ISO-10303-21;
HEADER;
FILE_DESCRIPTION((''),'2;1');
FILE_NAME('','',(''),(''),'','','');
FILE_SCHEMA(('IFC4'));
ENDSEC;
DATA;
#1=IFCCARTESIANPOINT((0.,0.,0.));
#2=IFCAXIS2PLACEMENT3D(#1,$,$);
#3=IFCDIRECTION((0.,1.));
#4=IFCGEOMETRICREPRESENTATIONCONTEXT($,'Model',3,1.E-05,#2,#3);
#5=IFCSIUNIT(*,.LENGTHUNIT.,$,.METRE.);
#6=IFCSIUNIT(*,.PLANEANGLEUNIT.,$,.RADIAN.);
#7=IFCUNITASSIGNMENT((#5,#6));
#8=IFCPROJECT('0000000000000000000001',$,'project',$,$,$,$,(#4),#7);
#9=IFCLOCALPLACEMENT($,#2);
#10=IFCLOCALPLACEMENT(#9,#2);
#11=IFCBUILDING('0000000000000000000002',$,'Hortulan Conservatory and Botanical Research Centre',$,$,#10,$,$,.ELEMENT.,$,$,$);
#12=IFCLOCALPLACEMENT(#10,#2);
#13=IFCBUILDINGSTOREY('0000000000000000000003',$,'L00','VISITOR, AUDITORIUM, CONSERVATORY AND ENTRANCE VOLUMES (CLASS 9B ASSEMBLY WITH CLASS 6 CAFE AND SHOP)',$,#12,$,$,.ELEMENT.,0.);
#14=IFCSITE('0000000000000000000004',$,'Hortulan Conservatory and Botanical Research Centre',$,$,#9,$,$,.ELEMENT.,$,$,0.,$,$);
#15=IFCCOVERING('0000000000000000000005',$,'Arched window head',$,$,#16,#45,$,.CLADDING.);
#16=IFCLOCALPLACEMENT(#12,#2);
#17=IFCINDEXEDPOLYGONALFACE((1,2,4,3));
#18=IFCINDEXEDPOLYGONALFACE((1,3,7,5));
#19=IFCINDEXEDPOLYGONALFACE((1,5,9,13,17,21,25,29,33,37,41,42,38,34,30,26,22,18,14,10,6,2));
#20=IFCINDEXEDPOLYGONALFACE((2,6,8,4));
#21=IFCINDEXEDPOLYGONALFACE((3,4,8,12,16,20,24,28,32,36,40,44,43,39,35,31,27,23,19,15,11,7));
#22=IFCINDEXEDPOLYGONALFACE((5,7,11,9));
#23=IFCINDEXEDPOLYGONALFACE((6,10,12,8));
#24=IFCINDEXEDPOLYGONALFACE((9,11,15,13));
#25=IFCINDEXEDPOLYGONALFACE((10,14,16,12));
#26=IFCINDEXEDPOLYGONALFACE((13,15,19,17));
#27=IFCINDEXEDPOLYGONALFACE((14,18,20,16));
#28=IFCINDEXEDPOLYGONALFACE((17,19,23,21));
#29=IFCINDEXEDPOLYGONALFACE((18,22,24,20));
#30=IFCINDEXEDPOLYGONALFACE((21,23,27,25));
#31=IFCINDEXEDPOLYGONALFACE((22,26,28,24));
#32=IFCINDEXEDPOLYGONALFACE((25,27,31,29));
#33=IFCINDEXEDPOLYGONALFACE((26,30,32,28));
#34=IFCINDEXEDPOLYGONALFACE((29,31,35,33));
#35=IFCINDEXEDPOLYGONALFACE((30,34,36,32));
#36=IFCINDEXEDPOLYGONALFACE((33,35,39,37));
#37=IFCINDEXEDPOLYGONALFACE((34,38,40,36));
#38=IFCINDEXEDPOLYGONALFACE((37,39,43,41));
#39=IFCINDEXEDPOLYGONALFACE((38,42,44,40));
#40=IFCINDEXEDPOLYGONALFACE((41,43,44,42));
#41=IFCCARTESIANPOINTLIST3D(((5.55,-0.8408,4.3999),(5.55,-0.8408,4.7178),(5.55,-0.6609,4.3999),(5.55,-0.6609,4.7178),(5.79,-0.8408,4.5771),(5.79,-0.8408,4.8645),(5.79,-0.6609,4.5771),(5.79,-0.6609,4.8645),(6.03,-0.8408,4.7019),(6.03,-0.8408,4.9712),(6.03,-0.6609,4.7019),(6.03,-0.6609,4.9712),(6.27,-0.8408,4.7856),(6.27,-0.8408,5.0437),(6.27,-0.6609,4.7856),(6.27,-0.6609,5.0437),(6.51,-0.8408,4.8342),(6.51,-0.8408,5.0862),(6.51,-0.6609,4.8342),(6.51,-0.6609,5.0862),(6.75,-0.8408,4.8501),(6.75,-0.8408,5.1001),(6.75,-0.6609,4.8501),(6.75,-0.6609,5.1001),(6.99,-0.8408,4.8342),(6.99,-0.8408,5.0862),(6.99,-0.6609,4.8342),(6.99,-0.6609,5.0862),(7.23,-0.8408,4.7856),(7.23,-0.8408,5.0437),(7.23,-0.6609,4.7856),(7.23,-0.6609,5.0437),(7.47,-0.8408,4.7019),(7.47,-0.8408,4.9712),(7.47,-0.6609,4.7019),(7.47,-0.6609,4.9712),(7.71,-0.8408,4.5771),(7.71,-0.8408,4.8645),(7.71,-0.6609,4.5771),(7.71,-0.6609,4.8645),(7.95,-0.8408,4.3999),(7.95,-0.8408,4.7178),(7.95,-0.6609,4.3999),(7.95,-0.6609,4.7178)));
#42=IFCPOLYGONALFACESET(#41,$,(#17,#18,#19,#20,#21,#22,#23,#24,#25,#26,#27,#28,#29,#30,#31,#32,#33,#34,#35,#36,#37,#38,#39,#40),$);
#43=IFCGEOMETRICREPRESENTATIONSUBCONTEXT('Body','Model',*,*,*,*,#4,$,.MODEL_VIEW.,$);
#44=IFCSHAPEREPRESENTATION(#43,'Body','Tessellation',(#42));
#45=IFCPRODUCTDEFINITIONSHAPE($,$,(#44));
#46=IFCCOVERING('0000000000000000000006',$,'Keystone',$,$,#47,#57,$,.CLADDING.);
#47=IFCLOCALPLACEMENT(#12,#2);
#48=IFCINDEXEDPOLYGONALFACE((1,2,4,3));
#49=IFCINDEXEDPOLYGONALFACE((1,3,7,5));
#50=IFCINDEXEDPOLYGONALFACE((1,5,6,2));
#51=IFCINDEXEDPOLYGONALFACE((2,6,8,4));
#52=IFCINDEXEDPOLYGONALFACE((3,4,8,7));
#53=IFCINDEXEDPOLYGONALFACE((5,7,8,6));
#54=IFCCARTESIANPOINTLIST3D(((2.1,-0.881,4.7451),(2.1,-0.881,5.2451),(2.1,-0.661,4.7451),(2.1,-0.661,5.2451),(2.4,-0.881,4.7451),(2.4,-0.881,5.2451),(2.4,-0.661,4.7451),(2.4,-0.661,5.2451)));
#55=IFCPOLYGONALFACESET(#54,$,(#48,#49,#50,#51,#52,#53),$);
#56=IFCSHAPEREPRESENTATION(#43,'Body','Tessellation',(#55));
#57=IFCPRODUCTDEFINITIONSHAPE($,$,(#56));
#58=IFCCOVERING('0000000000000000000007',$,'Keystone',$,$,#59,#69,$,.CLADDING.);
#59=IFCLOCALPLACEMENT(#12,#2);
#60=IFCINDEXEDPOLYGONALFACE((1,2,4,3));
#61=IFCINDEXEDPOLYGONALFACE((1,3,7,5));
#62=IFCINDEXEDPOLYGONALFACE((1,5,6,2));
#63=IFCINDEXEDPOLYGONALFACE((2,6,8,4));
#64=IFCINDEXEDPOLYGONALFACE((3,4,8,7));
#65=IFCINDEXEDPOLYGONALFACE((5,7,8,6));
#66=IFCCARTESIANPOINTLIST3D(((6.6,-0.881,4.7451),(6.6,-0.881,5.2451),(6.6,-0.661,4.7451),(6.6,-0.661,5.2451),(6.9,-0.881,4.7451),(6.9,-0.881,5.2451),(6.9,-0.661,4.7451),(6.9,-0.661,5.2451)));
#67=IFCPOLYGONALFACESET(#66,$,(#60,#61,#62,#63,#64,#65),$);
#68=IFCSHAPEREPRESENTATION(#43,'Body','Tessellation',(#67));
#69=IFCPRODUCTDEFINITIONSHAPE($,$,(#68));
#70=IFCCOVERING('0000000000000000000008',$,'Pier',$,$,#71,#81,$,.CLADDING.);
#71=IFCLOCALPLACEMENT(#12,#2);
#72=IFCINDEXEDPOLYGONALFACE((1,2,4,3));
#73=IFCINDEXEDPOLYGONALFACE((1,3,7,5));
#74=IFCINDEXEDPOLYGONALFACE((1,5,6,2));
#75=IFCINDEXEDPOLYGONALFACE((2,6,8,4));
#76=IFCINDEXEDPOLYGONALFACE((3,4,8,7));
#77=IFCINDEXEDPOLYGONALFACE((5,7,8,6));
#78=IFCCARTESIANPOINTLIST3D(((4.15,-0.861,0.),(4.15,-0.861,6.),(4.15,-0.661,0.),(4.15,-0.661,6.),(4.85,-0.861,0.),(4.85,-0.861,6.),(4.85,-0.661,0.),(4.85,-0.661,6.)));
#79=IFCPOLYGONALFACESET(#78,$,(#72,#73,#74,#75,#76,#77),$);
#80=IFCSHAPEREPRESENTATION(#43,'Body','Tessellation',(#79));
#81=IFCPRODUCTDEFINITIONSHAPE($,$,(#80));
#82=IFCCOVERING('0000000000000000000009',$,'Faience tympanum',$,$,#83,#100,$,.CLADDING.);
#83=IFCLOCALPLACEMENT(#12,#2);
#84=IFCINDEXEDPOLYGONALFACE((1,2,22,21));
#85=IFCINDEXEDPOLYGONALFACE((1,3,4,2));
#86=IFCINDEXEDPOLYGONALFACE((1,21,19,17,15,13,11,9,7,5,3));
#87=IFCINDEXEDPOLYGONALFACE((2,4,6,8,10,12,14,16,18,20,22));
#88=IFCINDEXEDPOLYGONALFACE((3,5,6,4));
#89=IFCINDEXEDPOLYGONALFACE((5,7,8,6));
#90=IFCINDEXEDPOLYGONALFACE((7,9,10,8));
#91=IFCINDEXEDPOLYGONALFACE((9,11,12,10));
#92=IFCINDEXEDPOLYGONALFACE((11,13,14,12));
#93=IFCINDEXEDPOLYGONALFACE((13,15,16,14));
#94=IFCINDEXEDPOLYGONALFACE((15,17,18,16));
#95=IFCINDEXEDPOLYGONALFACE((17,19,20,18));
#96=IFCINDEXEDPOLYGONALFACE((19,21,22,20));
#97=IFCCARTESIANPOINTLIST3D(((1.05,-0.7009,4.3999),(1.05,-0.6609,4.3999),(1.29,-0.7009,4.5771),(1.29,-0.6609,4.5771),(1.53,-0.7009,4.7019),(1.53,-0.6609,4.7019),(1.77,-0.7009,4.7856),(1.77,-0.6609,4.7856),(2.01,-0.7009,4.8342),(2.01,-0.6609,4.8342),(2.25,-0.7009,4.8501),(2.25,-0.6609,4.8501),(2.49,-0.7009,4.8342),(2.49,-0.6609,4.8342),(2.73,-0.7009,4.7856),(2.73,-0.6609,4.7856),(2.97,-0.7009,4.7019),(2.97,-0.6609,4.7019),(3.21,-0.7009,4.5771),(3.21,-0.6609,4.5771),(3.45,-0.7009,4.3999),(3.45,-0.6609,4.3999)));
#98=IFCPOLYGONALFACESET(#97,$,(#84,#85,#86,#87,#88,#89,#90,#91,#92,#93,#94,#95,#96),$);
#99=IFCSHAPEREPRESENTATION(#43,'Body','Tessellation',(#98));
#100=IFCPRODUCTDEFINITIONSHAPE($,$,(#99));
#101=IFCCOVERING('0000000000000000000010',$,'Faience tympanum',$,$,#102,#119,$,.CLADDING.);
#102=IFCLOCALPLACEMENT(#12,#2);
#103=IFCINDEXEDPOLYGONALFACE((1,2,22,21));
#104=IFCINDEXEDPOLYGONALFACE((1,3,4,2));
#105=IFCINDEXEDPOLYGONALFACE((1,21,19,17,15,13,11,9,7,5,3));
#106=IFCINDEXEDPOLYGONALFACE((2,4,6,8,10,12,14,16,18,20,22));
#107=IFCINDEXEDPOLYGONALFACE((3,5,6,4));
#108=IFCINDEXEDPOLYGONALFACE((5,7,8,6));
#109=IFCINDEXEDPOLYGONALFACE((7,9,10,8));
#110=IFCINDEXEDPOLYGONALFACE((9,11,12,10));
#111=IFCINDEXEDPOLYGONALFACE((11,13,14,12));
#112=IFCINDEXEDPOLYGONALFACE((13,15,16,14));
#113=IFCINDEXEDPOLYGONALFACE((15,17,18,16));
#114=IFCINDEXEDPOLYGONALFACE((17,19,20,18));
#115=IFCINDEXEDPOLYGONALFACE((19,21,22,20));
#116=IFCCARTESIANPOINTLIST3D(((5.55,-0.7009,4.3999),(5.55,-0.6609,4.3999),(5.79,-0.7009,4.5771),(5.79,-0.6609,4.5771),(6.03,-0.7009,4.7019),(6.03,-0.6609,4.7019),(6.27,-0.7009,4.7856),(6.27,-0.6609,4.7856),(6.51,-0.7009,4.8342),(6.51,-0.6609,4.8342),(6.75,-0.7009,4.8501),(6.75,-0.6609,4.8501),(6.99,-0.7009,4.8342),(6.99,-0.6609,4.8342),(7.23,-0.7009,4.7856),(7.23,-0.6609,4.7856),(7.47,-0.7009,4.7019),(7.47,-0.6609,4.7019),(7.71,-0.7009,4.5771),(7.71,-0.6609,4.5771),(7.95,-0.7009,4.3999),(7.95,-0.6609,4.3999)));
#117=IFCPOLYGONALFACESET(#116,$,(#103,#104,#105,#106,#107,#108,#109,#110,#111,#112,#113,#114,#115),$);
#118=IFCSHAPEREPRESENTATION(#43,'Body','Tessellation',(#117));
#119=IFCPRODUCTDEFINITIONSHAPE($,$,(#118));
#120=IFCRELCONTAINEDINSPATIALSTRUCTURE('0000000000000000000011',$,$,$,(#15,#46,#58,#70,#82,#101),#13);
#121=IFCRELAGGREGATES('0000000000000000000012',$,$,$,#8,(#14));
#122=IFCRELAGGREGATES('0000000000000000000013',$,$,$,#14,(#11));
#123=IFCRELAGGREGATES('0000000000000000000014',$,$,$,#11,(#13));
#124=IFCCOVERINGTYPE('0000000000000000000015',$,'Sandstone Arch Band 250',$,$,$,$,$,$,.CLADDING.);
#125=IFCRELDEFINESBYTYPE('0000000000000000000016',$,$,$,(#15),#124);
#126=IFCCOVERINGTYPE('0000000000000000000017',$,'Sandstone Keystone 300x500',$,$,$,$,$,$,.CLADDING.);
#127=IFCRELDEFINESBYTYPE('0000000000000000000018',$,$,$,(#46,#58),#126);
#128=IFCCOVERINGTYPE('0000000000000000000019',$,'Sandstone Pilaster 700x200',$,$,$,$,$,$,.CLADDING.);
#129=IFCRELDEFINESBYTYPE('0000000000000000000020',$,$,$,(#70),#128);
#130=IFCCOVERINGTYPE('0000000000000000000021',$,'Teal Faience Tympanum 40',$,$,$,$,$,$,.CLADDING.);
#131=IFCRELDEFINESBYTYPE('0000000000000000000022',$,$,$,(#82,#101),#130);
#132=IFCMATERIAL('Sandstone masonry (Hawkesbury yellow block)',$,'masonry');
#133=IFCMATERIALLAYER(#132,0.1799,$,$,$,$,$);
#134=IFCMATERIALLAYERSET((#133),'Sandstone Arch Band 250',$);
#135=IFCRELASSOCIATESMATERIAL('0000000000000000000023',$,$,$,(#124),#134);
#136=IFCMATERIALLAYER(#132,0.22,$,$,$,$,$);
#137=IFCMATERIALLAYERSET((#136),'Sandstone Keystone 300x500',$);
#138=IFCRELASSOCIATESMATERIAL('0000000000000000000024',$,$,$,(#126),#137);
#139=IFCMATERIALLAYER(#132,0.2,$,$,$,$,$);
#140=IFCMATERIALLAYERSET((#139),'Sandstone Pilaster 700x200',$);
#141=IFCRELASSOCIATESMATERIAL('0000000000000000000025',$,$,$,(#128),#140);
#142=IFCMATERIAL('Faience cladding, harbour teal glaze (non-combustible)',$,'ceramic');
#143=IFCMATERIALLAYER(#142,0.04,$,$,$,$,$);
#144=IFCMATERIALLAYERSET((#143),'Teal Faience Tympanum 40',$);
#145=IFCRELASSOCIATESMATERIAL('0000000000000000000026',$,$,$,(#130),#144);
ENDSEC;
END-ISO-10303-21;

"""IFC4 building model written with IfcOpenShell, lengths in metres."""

from ifc_helpers import new_model, si_unit, direction, frame, origin, origin_2d, place, context, subcontext, project, spatial, polyline, rectangle, outline, extrude, material, layer, layer_set, type_object, element, save


model = new_model("IFC4")

# Units and contexts
model_context = context("Model", 3, precision=1e-05, world=origin(), true_north=direction((0.0, 1.0)))
body_context = subcontext(model_context, "Body", "Model", "MODEL_VIEW")
ifc_project = project(units=[si_unit("LENGTHUNIT", "METRE"), si_unit("PLANEANGLEUNIT", "RADIAN")], contexts=[model_context])

# Site, building, storey
site_placement = place(None, origin())
site = spatial("IfcSite", under=ifc_project, at=site_placement, Name="Hortulan Conservatory and Botanical Research Centre", CompositionType="ELEMENT", RefElevation=0.0)
building_placement = place(site_placement, origin())
building = spatial("IfcBuilding", under=site, at=building_placement, Name="Hortulan Conservatory and Botanical Research Centre", CompositionType="ELEMENT")
storey_placement = place(building_placement, origin())
storey = spatial("IfcBuildingStorey", under=building, at=storey_placement, Name="L00", Description="VISITOR, AUDITORIUM, CONSERVATORY AND ENTRANCE VOLUMES (CLASS 9B ASSEMBLY WITH CLASS 6 CAFE AND SHOP)", CompositionType="ELEMENT", Elevation=0.0)

# Coverings
ifc_material_1 = material(Name="Sandstone masonry (Hawkesbury yellow block)", Category="masonry")
ifc_layer_1 = layer(ifc_material_1, 0.1799)
ifc_layer_set_1 = layer_set([ifc_layer_1], Name="Sandstone Arch Band 250")
covering_type_1 = type_object("IfcCoveringType", Name="Sandstone Arch Band 250", PredefinedType="CLADDING", material=ifc_layer_set_1)
for number, where, z_axis, x_axis, name in (
    (1, (7.95, -0.751, 4.3999), (0.0, 0.0, 1.0), (-1.0, 0.0, 0.0), "Arched window head"),
):
    element("IfcCovering", number, at=place(storey_placement, frame(where, z_axis=z_axis, x_axis=x_axis)), inside=storey, type_object=covering_type_1, Name=name, PredefinedType="CLADDING", context=body_context, shape_type="SweptSolid", body=[
        extrude(outline(polyline([(0.0, 0.0), (0.24, 0.1772), (0.48, 0.302), (0.72, 0.3857), (0.96, 0.4343), (1.2, 0.4502), (1.4399, 0.4343), (1.6799, 0.3857), (1.9199, 0.302), (2.1599, 0.1772), (2.3999, 0.0), (2.3999, 0.3179), (2.1599, 0.4646), (1.9199, 0.5713), (1.6799, 0.6438), (1.4399, 0.6863), (1.2, 0.7002), (0.96, 0.6863), (0.72, 0.6438), (0.48, 0.5713), (0.24, 0.4646), (0.0, 0.3179), (0.0, 0.0)])), frame((0.0, 0.0898, 0.0), z_axis=(0.0, -1.0, 0.0), x_axis=(1.0, 0.0, 0.0)), (0.0, 0.0, 1.0), 0.1799),
    ])
ifc_layer_2 = layer(ifc_material_1, 0.22)
ifc_layer_set_2 = layer_set([ifc_layer_2], Name="Sandstone Keystone 300x500")
covering_type_2 = type_object("IfcCoveringType", Name="Sandstone Keystone 300x500", PredefinedType="CLADDING", material=ifc_layer_set_2)
for number, where, z_axis, x_axis, name in (
    (2, (2.25, -0.771, 4.7451), (0.0, 0.0, 1.0), (-1.0, 0.0, 0.0), "Keystone"),
    (3, (6.75, -0.771, 4.7451), (0.0, 0.0, 1.0), (-1.0, 0.0, 0.0), "Keystone"),
):
    element("IfcCovering", number, at=place(storey_placement, frame(where, z_axis=z_axis, x_axis=x_axis)), inside=storey, type_object=covering_type_2, Name=name, PredefinedType="CLADDING", context=body_context, shape_type="SweptSolid", body=[
        extrude(rectangle(XDim=0.3, YDim=0.22, at=origin_2d()), origin(), (0.0, 0.0, 1.0), 0.5),
    ])
ifc_layer_3 = layer(ifc_material_1, 0.2)
ifc_layer_set_3 = layer_set([ifc_layer_3], Name="Sandstone Pilaster 700x200")
covering_type_3 = type_object("IfcCoveringType", Name="Sandstone Pilaster 700x200", PredefinedType="CLADDING", material=ifc_layer_set_3)
covering_1_placement = place(storey_placement, frame((4.5, -0.761, 0.0), z_axis=(0.0, 0.0, 1.0), x_axis=(-1.0, 0.0, 0.0)))
element("IfcCovering", 4, at=covering_1_placement, inside=storey, type_object=covering_type_3, Name="Pier", PredefinedType="CLADDING", context=body_context, shape_type="SweptSolid", body=[
    extrude(rectangle(XDim=0.7, YDim=0.2, at=origin_2d()), origin(), (0.0, 0.0, 1.0), 6.0),
])
ifc_material_2 = material(Name="Faience cladding, harbour teal glaze (non-combustible)", Category="ceramic")
ifc_layer_4 = layer(ifc_material_2, 0.04)
ifc_layer_set_4 = layer_set([ifc_layer_4], Name="Teal Faience Tympanum 40")
covering_type_4 = type_object("IfcCoveringType", Name="Teal Faience Tympanum 40", PredefinedType="CLADDING", material=ifc_layer_set_4)
for number, where, z_axis, x_axis, name in (
    (5, (3.45, -0.6809, 4.3999), (0.0, 0.0, 1.0), (-1.0, 0.0, 0.0), "Faience tympanum"),
    (6, (7.95, -0.6809, 4.3999), (0.0, 0.0, 1.0), (-1.0, 0.0, 0.0), "Faience tympanum"),
):
    element("IfcCovering", number, at=place(storey_placement, frame(where, z_axis=z_axis, x_axis=x_axis)), inside=storey, type_object=covering_type_4, Name=name, PredefinedType="CLADDING", context=body_context, shape_type="SweptSolid", body=[
        extrude(outline(polyline([(0.0, 0.0), (0.24, 0.1772), (0.48, 0.302), (0.72, 0.3857), (0.96, 0.4343), (1.2, 0.4502), (1.4399, 0.4343), (1.6799, 0.3857), (1.9199, 0.302), (2.1599, 0.1772), (2.3999, 0.0), (2.3999, 0.0), (0.0, 0.0), (0.0, 0.0)])), frame((0.0, 0.02, 0.0), z_axis=(0.0, -1.0, 0.0), x_axis=(1.0, 0.0, 0.0)), (0.0, 0.0, 1.0), 0.04),
    ])

save(model, "model.ifc")
